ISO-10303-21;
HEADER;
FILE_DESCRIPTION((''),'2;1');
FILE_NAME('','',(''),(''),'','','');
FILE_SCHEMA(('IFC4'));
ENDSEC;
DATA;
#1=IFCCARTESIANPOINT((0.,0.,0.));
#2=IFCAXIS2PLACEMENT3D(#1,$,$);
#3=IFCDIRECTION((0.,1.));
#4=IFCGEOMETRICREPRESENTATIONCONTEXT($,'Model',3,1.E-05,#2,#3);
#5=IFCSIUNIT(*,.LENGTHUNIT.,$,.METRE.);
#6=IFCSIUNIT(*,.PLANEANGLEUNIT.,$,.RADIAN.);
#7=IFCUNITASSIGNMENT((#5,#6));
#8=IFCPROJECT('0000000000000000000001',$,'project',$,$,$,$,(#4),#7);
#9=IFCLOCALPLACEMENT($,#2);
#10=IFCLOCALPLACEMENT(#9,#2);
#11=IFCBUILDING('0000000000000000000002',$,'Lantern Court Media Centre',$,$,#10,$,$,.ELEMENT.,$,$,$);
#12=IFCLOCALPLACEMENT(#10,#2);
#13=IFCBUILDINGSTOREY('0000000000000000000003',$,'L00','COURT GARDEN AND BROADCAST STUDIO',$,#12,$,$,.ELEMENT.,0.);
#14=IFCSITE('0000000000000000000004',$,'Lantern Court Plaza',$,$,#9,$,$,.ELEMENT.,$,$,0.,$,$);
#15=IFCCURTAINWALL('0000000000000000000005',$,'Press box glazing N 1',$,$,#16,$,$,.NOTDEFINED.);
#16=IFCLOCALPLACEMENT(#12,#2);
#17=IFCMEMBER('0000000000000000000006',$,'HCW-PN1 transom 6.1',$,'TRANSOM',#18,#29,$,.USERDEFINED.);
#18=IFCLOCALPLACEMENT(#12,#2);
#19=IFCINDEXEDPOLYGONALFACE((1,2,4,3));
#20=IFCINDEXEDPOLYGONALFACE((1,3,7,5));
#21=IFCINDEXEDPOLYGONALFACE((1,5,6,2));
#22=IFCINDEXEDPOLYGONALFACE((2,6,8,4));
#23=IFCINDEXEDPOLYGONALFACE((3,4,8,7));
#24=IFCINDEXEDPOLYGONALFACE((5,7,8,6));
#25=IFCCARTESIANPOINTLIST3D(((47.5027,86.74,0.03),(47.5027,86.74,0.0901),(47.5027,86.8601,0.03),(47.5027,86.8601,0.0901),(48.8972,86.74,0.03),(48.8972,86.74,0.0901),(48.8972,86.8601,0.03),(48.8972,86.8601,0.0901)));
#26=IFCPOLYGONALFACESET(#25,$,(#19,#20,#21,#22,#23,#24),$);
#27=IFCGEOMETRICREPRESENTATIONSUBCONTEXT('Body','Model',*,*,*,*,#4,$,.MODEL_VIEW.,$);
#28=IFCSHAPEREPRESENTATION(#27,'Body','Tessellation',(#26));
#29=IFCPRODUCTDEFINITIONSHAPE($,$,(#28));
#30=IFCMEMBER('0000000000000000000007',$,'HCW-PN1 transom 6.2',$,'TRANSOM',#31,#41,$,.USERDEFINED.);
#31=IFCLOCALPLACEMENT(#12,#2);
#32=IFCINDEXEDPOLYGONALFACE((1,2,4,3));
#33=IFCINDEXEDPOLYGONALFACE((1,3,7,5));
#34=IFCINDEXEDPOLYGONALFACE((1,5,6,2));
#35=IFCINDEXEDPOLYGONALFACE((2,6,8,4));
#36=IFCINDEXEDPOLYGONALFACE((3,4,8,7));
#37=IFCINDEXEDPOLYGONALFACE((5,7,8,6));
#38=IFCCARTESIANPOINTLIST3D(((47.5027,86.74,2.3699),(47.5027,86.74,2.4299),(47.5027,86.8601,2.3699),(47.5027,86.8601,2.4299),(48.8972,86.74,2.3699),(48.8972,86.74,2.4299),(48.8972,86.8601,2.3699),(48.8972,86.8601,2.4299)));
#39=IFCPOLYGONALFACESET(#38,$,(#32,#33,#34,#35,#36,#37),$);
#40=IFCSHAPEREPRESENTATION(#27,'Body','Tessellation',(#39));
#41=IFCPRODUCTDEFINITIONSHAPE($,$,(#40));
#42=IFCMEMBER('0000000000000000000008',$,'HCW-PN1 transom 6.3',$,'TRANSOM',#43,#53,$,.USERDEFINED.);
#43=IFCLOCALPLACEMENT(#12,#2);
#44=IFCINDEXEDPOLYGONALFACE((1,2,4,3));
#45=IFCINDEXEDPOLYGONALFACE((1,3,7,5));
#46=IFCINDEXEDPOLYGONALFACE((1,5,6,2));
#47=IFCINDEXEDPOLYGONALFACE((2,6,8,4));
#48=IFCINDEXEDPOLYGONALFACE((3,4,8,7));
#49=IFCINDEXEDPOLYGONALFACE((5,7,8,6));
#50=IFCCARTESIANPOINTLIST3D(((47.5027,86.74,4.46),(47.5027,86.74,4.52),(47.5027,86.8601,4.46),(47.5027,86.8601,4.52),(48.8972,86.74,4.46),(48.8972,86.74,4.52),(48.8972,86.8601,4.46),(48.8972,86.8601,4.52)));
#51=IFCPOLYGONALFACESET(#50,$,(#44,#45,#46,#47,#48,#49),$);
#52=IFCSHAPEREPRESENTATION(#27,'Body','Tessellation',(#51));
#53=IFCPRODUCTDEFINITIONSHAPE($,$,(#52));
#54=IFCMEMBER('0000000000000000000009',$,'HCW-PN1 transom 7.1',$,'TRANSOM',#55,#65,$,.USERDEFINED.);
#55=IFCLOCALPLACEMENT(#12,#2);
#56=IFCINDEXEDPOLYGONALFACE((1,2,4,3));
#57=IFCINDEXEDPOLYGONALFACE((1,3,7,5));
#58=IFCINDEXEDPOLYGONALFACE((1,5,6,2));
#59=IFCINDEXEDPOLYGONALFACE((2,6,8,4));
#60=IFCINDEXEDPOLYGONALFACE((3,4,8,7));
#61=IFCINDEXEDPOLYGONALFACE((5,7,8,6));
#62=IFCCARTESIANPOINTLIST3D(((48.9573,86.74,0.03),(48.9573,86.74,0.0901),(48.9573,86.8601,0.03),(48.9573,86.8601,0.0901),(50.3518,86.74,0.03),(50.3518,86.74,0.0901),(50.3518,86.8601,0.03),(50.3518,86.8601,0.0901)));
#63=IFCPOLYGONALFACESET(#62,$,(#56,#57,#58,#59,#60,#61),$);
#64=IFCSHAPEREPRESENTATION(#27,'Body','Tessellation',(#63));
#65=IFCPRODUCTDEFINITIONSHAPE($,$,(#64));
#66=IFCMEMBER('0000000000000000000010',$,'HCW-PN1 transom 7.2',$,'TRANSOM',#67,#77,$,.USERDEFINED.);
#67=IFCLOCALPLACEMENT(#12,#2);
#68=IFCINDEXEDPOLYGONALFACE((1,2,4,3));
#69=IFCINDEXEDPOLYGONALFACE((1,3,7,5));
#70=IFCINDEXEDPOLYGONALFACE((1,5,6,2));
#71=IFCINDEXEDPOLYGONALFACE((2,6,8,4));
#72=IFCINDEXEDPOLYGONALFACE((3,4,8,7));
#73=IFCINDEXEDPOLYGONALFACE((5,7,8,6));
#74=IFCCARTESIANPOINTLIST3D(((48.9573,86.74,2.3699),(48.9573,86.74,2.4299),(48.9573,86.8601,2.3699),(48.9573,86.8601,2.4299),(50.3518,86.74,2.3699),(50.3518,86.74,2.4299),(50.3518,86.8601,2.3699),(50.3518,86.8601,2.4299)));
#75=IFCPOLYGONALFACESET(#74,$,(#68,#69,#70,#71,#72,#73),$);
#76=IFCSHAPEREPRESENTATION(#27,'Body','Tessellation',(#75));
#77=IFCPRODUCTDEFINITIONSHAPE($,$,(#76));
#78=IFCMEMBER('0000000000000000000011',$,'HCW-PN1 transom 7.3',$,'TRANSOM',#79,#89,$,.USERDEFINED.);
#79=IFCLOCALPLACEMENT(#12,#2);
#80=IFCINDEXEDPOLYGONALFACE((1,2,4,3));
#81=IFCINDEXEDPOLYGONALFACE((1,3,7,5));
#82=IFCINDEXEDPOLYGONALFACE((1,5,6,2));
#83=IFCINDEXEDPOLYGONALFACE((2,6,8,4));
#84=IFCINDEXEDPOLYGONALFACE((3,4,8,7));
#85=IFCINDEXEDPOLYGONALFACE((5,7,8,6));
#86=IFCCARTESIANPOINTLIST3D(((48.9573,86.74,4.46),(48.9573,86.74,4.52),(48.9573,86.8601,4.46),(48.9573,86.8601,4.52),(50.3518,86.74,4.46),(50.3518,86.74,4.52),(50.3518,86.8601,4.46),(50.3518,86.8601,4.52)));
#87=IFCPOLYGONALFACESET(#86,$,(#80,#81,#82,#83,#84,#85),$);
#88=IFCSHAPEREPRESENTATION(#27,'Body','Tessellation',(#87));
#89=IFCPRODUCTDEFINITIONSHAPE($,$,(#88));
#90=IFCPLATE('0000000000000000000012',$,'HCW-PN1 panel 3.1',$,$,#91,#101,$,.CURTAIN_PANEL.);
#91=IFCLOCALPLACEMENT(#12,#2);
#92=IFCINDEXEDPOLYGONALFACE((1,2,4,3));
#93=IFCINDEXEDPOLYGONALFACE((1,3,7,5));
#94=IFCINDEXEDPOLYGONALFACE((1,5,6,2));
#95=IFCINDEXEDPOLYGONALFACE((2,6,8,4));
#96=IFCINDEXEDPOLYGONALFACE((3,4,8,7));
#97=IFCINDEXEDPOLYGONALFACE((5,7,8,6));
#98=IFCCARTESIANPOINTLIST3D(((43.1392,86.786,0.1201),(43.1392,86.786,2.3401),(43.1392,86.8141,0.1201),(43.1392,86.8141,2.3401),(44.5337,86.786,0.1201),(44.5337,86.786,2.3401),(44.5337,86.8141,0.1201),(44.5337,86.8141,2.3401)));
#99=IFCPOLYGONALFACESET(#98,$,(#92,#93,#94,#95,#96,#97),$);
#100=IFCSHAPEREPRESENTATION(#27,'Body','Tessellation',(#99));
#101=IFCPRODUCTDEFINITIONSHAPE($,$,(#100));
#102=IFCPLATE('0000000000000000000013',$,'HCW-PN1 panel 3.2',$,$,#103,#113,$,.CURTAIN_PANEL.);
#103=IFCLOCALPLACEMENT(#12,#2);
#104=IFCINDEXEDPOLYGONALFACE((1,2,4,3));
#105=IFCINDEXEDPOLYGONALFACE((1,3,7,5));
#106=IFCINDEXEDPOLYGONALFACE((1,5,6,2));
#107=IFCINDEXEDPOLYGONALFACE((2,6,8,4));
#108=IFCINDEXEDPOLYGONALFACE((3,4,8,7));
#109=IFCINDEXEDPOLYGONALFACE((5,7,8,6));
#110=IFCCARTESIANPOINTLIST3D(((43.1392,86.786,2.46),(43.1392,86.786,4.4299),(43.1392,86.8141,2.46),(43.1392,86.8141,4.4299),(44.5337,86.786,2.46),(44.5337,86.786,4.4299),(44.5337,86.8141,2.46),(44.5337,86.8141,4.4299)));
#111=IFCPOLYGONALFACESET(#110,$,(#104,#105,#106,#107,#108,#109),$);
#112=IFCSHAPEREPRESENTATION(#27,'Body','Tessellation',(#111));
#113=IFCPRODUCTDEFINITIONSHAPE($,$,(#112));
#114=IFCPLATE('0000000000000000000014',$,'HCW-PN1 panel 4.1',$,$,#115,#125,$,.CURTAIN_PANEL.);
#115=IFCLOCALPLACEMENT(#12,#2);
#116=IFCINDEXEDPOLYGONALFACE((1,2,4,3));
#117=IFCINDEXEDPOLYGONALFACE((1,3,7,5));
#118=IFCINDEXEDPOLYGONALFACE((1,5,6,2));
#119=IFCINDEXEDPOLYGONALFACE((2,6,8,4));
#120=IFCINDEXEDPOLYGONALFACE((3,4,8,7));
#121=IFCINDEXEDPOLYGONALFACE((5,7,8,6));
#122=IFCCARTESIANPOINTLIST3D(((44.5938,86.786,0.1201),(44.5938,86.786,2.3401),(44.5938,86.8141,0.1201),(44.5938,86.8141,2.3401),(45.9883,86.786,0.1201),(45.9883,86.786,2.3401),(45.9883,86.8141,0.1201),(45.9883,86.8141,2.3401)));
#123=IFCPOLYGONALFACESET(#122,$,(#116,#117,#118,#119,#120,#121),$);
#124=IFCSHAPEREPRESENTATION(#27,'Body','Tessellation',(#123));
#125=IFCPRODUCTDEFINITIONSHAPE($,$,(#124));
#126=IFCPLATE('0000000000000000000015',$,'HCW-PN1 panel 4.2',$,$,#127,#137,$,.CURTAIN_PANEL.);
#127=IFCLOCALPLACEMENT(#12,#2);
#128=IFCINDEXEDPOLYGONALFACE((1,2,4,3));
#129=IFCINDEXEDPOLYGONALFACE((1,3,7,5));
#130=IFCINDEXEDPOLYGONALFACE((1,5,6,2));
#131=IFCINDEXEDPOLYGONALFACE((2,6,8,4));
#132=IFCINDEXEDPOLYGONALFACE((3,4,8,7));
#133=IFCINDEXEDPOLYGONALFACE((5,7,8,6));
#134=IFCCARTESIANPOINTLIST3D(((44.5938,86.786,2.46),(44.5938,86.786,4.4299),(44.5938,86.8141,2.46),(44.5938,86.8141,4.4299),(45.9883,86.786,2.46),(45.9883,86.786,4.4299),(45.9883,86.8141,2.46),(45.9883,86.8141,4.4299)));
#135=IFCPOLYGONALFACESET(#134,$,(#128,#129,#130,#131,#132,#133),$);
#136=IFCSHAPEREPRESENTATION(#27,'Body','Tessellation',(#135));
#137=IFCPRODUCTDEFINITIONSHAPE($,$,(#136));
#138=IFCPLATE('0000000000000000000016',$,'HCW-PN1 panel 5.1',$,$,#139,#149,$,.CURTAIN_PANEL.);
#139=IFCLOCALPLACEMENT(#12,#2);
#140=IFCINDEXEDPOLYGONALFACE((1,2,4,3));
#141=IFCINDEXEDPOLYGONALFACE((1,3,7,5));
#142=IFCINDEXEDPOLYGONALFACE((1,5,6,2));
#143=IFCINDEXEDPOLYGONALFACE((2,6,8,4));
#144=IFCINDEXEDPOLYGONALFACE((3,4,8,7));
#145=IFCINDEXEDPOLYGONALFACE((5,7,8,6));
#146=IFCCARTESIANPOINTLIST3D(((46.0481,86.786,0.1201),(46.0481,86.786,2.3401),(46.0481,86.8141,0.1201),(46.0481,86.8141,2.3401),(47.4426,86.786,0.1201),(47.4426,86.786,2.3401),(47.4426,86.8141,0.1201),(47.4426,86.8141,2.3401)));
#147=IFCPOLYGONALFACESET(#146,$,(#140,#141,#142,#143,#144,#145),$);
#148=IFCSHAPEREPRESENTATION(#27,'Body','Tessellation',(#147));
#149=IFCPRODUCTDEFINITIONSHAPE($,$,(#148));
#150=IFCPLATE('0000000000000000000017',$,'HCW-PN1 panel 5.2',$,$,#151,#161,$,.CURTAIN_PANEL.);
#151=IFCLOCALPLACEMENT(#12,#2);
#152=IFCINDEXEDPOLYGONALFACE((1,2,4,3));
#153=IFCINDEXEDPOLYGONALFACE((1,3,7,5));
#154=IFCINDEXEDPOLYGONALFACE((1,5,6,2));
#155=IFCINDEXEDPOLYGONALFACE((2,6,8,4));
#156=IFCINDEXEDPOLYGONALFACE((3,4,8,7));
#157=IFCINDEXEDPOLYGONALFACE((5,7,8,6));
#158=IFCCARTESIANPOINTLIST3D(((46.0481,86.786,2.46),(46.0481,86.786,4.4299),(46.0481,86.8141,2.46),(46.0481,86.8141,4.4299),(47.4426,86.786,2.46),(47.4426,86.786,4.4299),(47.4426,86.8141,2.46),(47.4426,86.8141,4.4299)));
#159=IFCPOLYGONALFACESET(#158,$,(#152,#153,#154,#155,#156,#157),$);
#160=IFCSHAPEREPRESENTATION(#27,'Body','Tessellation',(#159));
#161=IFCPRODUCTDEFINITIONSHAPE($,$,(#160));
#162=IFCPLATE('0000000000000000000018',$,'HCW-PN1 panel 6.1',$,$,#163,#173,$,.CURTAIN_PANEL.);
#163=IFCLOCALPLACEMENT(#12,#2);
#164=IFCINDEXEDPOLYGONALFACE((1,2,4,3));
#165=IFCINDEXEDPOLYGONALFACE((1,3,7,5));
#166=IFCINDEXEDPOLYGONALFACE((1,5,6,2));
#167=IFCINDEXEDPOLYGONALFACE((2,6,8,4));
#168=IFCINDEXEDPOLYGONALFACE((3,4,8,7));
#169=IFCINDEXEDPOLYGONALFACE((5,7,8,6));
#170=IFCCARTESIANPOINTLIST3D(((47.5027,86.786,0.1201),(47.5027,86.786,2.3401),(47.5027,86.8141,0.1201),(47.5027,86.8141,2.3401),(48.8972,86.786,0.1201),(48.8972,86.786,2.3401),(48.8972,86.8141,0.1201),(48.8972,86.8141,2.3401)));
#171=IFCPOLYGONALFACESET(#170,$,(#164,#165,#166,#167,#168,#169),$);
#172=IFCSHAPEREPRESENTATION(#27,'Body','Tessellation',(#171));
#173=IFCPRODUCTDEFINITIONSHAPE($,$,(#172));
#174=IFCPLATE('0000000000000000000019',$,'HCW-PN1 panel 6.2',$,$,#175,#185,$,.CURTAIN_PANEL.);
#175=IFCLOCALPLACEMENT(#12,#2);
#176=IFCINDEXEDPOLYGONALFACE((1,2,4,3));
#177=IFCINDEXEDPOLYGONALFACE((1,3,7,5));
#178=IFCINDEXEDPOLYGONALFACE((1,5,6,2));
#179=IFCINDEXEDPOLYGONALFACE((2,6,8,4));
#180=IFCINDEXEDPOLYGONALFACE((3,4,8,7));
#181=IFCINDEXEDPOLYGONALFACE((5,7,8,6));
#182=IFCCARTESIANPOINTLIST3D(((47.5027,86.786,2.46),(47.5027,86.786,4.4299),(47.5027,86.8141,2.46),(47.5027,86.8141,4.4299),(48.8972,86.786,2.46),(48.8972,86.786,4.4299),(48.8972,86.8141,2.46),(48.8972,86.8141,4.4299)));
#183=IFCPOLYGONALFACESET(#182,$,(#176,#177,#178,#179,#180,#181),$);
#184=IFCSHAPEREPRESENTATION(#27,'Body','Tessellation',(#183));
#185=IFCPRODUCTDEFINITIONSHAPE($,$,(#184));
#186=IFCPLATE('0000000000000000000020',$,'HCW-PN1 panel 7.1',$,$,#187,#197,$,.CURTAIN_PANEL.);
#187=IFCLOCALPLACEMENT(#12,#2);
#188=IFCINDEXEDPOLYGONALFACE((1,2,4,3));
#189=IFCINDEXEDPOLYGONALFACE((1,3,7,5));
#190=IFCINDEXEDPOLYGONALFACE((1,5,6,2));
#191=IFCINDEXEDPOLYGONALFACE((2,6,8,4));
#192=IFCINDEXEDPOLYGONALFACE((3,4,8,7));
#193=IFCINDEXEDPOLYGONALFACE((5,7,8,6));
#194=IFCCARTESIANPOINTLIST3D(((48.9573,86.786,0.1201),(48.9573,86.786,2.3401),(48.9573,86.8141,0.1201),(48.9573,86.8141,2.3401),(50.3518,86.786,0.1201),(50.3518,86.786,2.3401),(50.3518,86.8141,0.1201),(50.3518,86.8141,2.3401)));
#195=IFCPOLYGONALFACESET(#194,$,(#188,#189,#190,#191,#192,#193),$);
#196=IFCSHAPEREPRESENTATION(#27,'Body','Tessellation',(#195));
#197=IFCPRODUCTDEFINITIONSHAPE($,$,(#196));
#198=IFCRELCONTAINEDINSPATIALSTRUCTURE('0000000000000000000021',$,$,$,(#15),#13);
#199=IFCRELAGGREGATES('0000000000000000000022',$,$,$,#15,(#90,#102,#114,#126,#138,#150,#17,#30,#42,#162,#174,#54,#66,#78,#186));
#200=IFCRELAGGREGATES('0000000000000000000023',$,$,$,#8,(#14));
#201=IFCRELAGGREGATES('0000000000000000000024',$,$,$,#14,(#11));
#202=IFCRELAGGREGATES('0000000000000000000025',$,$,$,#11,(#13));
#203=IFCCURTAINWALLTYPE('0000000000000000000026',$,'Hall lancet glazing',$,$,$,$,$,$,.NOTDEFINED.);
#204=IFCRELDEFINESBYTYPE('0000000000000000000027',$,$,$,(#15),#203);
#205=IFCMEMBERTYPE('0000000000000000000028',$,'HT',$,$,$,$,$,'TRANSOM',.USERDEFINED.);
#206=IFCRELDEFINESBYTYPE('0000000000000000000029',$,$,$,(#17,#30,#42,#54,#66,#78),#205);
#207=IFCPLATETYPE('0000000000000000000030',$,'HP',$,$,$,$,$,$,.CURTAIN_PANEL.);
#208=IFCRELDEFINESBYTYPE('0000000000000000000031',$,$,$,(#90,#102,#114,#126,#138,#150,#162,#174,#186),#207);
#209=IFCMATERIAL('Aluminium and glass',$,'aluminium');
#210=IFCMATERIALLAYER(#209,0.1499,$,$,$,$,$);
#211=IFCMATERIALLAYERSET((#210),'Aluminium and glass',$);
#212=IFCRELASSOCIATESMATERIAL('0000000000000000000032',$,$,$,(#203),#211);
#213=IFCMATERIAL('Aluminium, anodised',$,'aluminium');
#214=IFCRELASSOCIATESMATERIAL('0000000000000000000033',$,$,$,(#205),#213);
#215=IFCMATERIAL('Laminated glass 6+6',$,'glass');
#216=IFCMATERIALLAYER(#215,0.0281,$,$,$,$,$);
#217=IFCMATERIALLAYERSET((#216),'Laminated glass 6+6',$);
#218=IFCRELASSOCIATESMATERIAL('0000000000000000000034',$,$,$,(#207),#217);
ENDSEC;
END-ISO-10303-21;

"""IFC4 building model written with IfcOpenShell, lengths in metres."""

from ifc_helpers import new_model, si_unit, direction, frame, origin, origin_2d, place, context, subcontext, project, spatial, rectangle, extrude, material, layer, layer_set, material_profile, profile_set, type_object, element, aggregate, save


model = new_model("IFC4")

# Units and contexts
model_context = context("Model", 3, precision=1e-05, world=origin(), true_north=direction((0.0, 1.0)))
body_context = subcontext(model_context, "Body", "Model", "MODEL_VIEW")
ifc_project = project(units=[si_unit("LENGTHUNIT", "METRE"), si_unit("PLANEANGLEUNIT", "RADIAN")], contexts=[model_context])

# Site, building, storey
site_placement = place(None, origin())
site = spatial("IfcSite", under=ifc_project, at=site_placement, Name="Lantern Court Plaza", CompositionType="ELEMENT", RefElevation=0.0)
building_placement = place(site_placement, origin())
building = spatial("IfcBuilding", under=site, at=building_placement, Name="Lantern Court Media Centre", CompositionType="ELEMENT")
storey_placement = place(building_placement, origin())
storey = spatial("IfcBuildingStorey", under=building, at=storey_placement, Name="L00", Description="COURT GARDEN AND BROADCAST STUDIO", CompositionType="ELEMENT", Elevation=0.0)

# Curtain wall, members, plates
ifc_material_1 = material(Name="Aluminium and glass", Category="aluminium")
ifc_layer_1 = layer(ifc_material_1, 0.1499)
ifc_layer_set_1 = layer_set([ifc_layer_1], Name="Aluminium and glass")
curtain_wall_type = type_object("IfcCurtainWallType", Name="Hall lancet glazing", PredefinedType="NOTDEFINED", material=ifc_layer_set_1)
curtain_wall_placement = place(storey_placement, origin())
curtain_wall = element("IfcCurtainWall", 1, at=curtain_wall_placement, inside=storey, type_object=curtain_wall_type, Name="Press box glazing N 1", PredefinedType="NOTDEFINED")
ifc_material_2 = material(Name="Aluminium, anodised", Category="aluminium")
ifc_material_profile_1 = material_profile(ifc_material_2, rectangle(XDim=0.1201, YDim=0.0601, at=origin_2d()), Name="HT")
ifc_profile_set_1 = profile_set([ifc_material_profile_1], Name="Aluminium, anodised")
member_type_1 = type_object("IfcMemberType", Name="HT", ElementType="TRANSOM", PredefinedType="USERDEFINED", material=ifc_profile_set_1)
member_1_placement = place(storey_placement, frame((47.5027, 86.8, 0.0601), z_axis=(1.0, 0.0, 0.0), x_axis=(0.0, 1.0, 0.0)))
member_1 = element("IfcMember", 2, at=member_1_placement, type_object=member_type_1, Name="HCW-PN1 transom 6.1", ObjectType="TRANSOM", PredefinedType="USERDEFINED", context=body_context, shape_type="SweptSolid", body=[
    extrude(rectangle(XDim=0.1201, YDim=0.0601, at=origin_2d()), origin(), (0.0, 0.0, 1.0), 1.3945),
])
member_2_placement = place(storey_placement, frame((47.5027, 86.8, 2.3999), z_axis=(1.0, 0.0, 0.0), x_axis=(0.0, 1.0, 0.0)))
member_2 = element("IfcMember", 3, at=member_2_placement, type_object=member_type_1, Name="HCW-PN1 transom 6.2", ObjectType="TRANSOM", PredefinedType="USERDEFINED", context=body_context, shape_type="SweptSolid", body=[
    extrude(rectangle(XDim=0.1201, YDim=0.0601, at=origin_2d()), origin(), (0.0, 0.0, 1.0), 1.3945),
])
member_3_placement = place(storey_placement, frame((47.5027, 86.8, 4.49), z_axis=(1.0, 0.0, 0.0), x_axis=(0.0, 1.0, 0.0)))
member_3 = element("IfcMember", 4, at=member_3_placement, type_object=member_type_1, Name="HCW-PN1 transom 6.3", ObjectType="TRANSOM", PredefinedType="USERDEFINED", context=body_context, shape_type="SweptSolid", body=[
    extrude(rectangle(XDim=0.1201, YDim=0.0601, at=origin_2d()), origin(), (0.0, 0.0, 1.0), 1.3945),
])
member_4_placement = place(storey_placement, frame((48.9573, 86.8, 0.0601), z_axis=(1.0, 0.0, 0.0), x_axis=(0.0, 1.0, 0.0)))
member_4 = element("IfcMember", 5, at=member_4_placement, type_object=member_type_1, Name="HCW-PN1 transom 7.1", ObjectType="TRANSOM", PredefinedType="USERDEFINED", context=body_context, shape_type="SweptSolid", body=[
    extrude(rectangle(XDim=0.1201, YDim=0.0601, at=origin_2d()), origin(), (0.0, 0.0, 1.0), 1.3945),
])
member_5_placement = place(storey_placement, frame((48.9573, 86.8, 2.3999), z_axis=(1.0, 0.0, 0.0), x_axis=(0.0, 1.0, 0.0)))
member_5 = element("IfcMember", 6, at=member_5_placement, type_object=member_type_1, Name="HCW-PN1 transom 7.2", ObjectType="TRANSOM", PredefinedType="USERDEFINED", context=body_context, shape_type="SweptSolid", body=[
    extrude(rectangle(XDim=0.1201, YDim=0.0601, at=origin_2d()), origin(), (0.0, 0.0, 1.0), 1.3945),
])
member_6_placement = place(storey_placement, frame((48.9573, 86.8, 4.49), z_axis=(1.0, 0.0, 0.0), x_axis=(0.0, 1.0, 0.0)))
member_6 = element("IfcMember", 7, at=member_6_placement, type_object=member_type_1, Name="HCW-PN1 transom 7.3", ObjectType="TRANSOM", PredefinedType="USERDEFINED", context=body_context, shape_type="SweptSolid", body=[
    extrude(rectangle(XDim=0.1201, YDim=0.0601, at=origin_2d()), origin(), (0.0, 0.0, 1.0), 1.3945),
])
ifc_material_3 = material(Name="Laminated glass 6+6", Category="glass")
ifc_layer_2 = layer(ifc_material_3, 0.0281)
ifc_layer_set_2 = layer_set([ifc_layer_2], Name="Laminated glass 6+6")
plate_type = type_object("IfcPlateType", Name="HP", PredefinedType="CURTAIN_PANEL", material=ifc_layer_set_2)
plate_1_placement = place(storey_placement, frame((43.8364, 86.8, 0.1201), z_axis=(0.0, 0.0, 1.0), x_axis=(1.0, 0.0, 0.0)))
plate_1 = element("IfcPlate", 8, at=plate_1_placement, type_object=plate_type, Name="HCW-PN1 panel 3.1", PredefinedType="CURTAIN_PANEL", context=body_context, shape_type="SweptSolid", body=[
    extrude(rectangle(XDim=1.3945, YDim=0.0281, at=origin_2d()), origin(), (0.0, 0.0, 1.0), 2.22),
])
plate_2_placement = place(storey_placement, frame((43.8364, 86.8, 2.46), z_axis=(0.0, 0.0, 1.0), x_axis=(1.0, 0.0, 0.0)))
plate_2 = element("IfcPlate", 9, at=plate_2_placement, type_object=plate_type, Name="HCW-PN1 panel 3.2", PredefinedType="CURTAIN_PANEL", context=body_context, shape_type="SweptSolid", body=[
    extrude(rectangle(XDim=1.3945, YDim=0.0281, at=origin_2d()), origin(), (0.0, 0.0, 1.0), 1.97),
])
plate_3_placement = place(storey_placement, frame((45.291, 86.8, 0.1201), z_axis=(0.0, 0.0, 1.0), x_axis=(1.0, 0.0, 0.0)))
plate_3 = element("IfcPlate", 10, at=plate_3_placement, type_object=plate_type, Name="HCW-PN1 panel 4.1", PredefinedType="CURTAIN_PANEL", context=body_context, shape_type="SweptSolid", body=[
    extrude(rectangle(XDim=1.3945, YDim=0.0281, at=origin_2d()), origin(), (0.0, 0.0, 1.0), 2.22),
])
plate_4_placement = place(storey_placement, frame((45.291, 86.8, 2.46), z_axis=(0.0, 0.0, 1.0), x_axis=(1.0, 0.0, 0.0)))
plate_4 = element("IfcPlate", 11, at=plate_4_placement, type_object=plate_type, Name="HCW-PN1 panel 4.2", PredefinedType="CURTAIN_PANEL", context=body_context, shape_type="SweptSolid", body=[
    extrude(rectangle(XDim=1.3945, YDim=0.0281, at=origin_2d()), origin(), (0.0, 0.0, 1.0), 1.97),
])
plate_5_placement = place(storey_placement, frame((46.7454, 86.8, 0.1201), z_axis=(0.0, 0.0, 1.0), x_axis=(1.0, 0.0, 0.0)))
plate_5 = element("IfcPlate", 12, at=plate_5_placement, type_object=plate_type, Name="HCW-PN1 panel 5.1", PredefinedType="CURTAIN_PANEL", context=body_context, shape_type="SweptSolid", body=[
    extrude(rectangle(XDim=1.3945, YDim=0.0281, at=origin_2d()), origin(), (0.0, 0.0, 1.0), 2.22),
])
plate_6_placement = place(storey_placement, frame((46.7454, 86.8, 2.46), z_axis=(0.0, 0.0, 1.0), x_axis=(1.0, 0.0, 0.0)))
plate_6 = element("IfcPlate", 13, at=plate_6_placement, type_object=plate_type, Name="HCW-PN1 panel 5.2", PredefinedType="CURTAIN_PANEL", context=body_context, shape_type="SweptSolid", body=[
    extrude(rectangle(XDim=1.3945, YDim=0.0281, at=origin_2d()), origin(), (0.0, 0.0, 1.0), 1.97),
])
plate_7_placement = place(storey_placement, frame((48.2, 86.8, 0.1201), z_axis=(0.0, 0.0, 1.0), x_axis=(1.0, 0.0, 0.0)))
plate_7 = element("IfcPlate", 14, at=plate_7_placement, type_object=plate_type, Name="HCW-PN1 panel 6.1", PredefinedType="CURTAIN_PANEL", context=body_context, shape_type="SweptSolid", body=[
    extrude(rectangle(XDim=1.3945, YDim=0.0281, at=origin_2d()), origin(), (0.0, 0.0, 1.0), 2.22),
])
plate_8_placement = place(storey_placement, frame((48.2, 86.8, 2.46), z_axis=(0.0, 0.0, 1.0), x_axis=(1.0, 0.0, 0.0)))
plate_8 = element("IfcPlate", 15, at=plate_8_placement, type_object=plate_type, Name="HCW-PN1 panel 6.2", PredefinedType="CURTAIN_PANEL", context=body_context, shape_type="SweptSolid", body=[
    extrude(rectangle(XDim=1.3945, YDim=0.0281, at=origin_2d()), origin(), (0.0, 0.0, 1.0), 1.97),
])
plate_9_placement = place(storey_placement, frame((49.6545, 86.8, 0.1201), z_axis=(0.0, 0.0, 1.0), x_axis=(1.0, 0.0, 0.0)))
plate_9 = element("IfcPlate", 16, at=plate_9_placement, type_object=plate_type, Name="HCW-PN1 panel 7.1", PredefinedType="CURTAIN_PANEL", context=body_context, shape_type="SweptSolid", body=[
    extrude(rectangle(XDim=1.3945, YDim=0.0281, at=origin_2d()), origin(), (0.0, 0.0, 1.0), 2.22),
])
aggregate(curtain_wall, [plate_1, plate_2, plate_3, plate_4, plate_5, plate_6, member_1, member_2, member_3, plate_7, plate_8, member_4, member_5, member_6, plate_9])

save(model, "model.ifc")
